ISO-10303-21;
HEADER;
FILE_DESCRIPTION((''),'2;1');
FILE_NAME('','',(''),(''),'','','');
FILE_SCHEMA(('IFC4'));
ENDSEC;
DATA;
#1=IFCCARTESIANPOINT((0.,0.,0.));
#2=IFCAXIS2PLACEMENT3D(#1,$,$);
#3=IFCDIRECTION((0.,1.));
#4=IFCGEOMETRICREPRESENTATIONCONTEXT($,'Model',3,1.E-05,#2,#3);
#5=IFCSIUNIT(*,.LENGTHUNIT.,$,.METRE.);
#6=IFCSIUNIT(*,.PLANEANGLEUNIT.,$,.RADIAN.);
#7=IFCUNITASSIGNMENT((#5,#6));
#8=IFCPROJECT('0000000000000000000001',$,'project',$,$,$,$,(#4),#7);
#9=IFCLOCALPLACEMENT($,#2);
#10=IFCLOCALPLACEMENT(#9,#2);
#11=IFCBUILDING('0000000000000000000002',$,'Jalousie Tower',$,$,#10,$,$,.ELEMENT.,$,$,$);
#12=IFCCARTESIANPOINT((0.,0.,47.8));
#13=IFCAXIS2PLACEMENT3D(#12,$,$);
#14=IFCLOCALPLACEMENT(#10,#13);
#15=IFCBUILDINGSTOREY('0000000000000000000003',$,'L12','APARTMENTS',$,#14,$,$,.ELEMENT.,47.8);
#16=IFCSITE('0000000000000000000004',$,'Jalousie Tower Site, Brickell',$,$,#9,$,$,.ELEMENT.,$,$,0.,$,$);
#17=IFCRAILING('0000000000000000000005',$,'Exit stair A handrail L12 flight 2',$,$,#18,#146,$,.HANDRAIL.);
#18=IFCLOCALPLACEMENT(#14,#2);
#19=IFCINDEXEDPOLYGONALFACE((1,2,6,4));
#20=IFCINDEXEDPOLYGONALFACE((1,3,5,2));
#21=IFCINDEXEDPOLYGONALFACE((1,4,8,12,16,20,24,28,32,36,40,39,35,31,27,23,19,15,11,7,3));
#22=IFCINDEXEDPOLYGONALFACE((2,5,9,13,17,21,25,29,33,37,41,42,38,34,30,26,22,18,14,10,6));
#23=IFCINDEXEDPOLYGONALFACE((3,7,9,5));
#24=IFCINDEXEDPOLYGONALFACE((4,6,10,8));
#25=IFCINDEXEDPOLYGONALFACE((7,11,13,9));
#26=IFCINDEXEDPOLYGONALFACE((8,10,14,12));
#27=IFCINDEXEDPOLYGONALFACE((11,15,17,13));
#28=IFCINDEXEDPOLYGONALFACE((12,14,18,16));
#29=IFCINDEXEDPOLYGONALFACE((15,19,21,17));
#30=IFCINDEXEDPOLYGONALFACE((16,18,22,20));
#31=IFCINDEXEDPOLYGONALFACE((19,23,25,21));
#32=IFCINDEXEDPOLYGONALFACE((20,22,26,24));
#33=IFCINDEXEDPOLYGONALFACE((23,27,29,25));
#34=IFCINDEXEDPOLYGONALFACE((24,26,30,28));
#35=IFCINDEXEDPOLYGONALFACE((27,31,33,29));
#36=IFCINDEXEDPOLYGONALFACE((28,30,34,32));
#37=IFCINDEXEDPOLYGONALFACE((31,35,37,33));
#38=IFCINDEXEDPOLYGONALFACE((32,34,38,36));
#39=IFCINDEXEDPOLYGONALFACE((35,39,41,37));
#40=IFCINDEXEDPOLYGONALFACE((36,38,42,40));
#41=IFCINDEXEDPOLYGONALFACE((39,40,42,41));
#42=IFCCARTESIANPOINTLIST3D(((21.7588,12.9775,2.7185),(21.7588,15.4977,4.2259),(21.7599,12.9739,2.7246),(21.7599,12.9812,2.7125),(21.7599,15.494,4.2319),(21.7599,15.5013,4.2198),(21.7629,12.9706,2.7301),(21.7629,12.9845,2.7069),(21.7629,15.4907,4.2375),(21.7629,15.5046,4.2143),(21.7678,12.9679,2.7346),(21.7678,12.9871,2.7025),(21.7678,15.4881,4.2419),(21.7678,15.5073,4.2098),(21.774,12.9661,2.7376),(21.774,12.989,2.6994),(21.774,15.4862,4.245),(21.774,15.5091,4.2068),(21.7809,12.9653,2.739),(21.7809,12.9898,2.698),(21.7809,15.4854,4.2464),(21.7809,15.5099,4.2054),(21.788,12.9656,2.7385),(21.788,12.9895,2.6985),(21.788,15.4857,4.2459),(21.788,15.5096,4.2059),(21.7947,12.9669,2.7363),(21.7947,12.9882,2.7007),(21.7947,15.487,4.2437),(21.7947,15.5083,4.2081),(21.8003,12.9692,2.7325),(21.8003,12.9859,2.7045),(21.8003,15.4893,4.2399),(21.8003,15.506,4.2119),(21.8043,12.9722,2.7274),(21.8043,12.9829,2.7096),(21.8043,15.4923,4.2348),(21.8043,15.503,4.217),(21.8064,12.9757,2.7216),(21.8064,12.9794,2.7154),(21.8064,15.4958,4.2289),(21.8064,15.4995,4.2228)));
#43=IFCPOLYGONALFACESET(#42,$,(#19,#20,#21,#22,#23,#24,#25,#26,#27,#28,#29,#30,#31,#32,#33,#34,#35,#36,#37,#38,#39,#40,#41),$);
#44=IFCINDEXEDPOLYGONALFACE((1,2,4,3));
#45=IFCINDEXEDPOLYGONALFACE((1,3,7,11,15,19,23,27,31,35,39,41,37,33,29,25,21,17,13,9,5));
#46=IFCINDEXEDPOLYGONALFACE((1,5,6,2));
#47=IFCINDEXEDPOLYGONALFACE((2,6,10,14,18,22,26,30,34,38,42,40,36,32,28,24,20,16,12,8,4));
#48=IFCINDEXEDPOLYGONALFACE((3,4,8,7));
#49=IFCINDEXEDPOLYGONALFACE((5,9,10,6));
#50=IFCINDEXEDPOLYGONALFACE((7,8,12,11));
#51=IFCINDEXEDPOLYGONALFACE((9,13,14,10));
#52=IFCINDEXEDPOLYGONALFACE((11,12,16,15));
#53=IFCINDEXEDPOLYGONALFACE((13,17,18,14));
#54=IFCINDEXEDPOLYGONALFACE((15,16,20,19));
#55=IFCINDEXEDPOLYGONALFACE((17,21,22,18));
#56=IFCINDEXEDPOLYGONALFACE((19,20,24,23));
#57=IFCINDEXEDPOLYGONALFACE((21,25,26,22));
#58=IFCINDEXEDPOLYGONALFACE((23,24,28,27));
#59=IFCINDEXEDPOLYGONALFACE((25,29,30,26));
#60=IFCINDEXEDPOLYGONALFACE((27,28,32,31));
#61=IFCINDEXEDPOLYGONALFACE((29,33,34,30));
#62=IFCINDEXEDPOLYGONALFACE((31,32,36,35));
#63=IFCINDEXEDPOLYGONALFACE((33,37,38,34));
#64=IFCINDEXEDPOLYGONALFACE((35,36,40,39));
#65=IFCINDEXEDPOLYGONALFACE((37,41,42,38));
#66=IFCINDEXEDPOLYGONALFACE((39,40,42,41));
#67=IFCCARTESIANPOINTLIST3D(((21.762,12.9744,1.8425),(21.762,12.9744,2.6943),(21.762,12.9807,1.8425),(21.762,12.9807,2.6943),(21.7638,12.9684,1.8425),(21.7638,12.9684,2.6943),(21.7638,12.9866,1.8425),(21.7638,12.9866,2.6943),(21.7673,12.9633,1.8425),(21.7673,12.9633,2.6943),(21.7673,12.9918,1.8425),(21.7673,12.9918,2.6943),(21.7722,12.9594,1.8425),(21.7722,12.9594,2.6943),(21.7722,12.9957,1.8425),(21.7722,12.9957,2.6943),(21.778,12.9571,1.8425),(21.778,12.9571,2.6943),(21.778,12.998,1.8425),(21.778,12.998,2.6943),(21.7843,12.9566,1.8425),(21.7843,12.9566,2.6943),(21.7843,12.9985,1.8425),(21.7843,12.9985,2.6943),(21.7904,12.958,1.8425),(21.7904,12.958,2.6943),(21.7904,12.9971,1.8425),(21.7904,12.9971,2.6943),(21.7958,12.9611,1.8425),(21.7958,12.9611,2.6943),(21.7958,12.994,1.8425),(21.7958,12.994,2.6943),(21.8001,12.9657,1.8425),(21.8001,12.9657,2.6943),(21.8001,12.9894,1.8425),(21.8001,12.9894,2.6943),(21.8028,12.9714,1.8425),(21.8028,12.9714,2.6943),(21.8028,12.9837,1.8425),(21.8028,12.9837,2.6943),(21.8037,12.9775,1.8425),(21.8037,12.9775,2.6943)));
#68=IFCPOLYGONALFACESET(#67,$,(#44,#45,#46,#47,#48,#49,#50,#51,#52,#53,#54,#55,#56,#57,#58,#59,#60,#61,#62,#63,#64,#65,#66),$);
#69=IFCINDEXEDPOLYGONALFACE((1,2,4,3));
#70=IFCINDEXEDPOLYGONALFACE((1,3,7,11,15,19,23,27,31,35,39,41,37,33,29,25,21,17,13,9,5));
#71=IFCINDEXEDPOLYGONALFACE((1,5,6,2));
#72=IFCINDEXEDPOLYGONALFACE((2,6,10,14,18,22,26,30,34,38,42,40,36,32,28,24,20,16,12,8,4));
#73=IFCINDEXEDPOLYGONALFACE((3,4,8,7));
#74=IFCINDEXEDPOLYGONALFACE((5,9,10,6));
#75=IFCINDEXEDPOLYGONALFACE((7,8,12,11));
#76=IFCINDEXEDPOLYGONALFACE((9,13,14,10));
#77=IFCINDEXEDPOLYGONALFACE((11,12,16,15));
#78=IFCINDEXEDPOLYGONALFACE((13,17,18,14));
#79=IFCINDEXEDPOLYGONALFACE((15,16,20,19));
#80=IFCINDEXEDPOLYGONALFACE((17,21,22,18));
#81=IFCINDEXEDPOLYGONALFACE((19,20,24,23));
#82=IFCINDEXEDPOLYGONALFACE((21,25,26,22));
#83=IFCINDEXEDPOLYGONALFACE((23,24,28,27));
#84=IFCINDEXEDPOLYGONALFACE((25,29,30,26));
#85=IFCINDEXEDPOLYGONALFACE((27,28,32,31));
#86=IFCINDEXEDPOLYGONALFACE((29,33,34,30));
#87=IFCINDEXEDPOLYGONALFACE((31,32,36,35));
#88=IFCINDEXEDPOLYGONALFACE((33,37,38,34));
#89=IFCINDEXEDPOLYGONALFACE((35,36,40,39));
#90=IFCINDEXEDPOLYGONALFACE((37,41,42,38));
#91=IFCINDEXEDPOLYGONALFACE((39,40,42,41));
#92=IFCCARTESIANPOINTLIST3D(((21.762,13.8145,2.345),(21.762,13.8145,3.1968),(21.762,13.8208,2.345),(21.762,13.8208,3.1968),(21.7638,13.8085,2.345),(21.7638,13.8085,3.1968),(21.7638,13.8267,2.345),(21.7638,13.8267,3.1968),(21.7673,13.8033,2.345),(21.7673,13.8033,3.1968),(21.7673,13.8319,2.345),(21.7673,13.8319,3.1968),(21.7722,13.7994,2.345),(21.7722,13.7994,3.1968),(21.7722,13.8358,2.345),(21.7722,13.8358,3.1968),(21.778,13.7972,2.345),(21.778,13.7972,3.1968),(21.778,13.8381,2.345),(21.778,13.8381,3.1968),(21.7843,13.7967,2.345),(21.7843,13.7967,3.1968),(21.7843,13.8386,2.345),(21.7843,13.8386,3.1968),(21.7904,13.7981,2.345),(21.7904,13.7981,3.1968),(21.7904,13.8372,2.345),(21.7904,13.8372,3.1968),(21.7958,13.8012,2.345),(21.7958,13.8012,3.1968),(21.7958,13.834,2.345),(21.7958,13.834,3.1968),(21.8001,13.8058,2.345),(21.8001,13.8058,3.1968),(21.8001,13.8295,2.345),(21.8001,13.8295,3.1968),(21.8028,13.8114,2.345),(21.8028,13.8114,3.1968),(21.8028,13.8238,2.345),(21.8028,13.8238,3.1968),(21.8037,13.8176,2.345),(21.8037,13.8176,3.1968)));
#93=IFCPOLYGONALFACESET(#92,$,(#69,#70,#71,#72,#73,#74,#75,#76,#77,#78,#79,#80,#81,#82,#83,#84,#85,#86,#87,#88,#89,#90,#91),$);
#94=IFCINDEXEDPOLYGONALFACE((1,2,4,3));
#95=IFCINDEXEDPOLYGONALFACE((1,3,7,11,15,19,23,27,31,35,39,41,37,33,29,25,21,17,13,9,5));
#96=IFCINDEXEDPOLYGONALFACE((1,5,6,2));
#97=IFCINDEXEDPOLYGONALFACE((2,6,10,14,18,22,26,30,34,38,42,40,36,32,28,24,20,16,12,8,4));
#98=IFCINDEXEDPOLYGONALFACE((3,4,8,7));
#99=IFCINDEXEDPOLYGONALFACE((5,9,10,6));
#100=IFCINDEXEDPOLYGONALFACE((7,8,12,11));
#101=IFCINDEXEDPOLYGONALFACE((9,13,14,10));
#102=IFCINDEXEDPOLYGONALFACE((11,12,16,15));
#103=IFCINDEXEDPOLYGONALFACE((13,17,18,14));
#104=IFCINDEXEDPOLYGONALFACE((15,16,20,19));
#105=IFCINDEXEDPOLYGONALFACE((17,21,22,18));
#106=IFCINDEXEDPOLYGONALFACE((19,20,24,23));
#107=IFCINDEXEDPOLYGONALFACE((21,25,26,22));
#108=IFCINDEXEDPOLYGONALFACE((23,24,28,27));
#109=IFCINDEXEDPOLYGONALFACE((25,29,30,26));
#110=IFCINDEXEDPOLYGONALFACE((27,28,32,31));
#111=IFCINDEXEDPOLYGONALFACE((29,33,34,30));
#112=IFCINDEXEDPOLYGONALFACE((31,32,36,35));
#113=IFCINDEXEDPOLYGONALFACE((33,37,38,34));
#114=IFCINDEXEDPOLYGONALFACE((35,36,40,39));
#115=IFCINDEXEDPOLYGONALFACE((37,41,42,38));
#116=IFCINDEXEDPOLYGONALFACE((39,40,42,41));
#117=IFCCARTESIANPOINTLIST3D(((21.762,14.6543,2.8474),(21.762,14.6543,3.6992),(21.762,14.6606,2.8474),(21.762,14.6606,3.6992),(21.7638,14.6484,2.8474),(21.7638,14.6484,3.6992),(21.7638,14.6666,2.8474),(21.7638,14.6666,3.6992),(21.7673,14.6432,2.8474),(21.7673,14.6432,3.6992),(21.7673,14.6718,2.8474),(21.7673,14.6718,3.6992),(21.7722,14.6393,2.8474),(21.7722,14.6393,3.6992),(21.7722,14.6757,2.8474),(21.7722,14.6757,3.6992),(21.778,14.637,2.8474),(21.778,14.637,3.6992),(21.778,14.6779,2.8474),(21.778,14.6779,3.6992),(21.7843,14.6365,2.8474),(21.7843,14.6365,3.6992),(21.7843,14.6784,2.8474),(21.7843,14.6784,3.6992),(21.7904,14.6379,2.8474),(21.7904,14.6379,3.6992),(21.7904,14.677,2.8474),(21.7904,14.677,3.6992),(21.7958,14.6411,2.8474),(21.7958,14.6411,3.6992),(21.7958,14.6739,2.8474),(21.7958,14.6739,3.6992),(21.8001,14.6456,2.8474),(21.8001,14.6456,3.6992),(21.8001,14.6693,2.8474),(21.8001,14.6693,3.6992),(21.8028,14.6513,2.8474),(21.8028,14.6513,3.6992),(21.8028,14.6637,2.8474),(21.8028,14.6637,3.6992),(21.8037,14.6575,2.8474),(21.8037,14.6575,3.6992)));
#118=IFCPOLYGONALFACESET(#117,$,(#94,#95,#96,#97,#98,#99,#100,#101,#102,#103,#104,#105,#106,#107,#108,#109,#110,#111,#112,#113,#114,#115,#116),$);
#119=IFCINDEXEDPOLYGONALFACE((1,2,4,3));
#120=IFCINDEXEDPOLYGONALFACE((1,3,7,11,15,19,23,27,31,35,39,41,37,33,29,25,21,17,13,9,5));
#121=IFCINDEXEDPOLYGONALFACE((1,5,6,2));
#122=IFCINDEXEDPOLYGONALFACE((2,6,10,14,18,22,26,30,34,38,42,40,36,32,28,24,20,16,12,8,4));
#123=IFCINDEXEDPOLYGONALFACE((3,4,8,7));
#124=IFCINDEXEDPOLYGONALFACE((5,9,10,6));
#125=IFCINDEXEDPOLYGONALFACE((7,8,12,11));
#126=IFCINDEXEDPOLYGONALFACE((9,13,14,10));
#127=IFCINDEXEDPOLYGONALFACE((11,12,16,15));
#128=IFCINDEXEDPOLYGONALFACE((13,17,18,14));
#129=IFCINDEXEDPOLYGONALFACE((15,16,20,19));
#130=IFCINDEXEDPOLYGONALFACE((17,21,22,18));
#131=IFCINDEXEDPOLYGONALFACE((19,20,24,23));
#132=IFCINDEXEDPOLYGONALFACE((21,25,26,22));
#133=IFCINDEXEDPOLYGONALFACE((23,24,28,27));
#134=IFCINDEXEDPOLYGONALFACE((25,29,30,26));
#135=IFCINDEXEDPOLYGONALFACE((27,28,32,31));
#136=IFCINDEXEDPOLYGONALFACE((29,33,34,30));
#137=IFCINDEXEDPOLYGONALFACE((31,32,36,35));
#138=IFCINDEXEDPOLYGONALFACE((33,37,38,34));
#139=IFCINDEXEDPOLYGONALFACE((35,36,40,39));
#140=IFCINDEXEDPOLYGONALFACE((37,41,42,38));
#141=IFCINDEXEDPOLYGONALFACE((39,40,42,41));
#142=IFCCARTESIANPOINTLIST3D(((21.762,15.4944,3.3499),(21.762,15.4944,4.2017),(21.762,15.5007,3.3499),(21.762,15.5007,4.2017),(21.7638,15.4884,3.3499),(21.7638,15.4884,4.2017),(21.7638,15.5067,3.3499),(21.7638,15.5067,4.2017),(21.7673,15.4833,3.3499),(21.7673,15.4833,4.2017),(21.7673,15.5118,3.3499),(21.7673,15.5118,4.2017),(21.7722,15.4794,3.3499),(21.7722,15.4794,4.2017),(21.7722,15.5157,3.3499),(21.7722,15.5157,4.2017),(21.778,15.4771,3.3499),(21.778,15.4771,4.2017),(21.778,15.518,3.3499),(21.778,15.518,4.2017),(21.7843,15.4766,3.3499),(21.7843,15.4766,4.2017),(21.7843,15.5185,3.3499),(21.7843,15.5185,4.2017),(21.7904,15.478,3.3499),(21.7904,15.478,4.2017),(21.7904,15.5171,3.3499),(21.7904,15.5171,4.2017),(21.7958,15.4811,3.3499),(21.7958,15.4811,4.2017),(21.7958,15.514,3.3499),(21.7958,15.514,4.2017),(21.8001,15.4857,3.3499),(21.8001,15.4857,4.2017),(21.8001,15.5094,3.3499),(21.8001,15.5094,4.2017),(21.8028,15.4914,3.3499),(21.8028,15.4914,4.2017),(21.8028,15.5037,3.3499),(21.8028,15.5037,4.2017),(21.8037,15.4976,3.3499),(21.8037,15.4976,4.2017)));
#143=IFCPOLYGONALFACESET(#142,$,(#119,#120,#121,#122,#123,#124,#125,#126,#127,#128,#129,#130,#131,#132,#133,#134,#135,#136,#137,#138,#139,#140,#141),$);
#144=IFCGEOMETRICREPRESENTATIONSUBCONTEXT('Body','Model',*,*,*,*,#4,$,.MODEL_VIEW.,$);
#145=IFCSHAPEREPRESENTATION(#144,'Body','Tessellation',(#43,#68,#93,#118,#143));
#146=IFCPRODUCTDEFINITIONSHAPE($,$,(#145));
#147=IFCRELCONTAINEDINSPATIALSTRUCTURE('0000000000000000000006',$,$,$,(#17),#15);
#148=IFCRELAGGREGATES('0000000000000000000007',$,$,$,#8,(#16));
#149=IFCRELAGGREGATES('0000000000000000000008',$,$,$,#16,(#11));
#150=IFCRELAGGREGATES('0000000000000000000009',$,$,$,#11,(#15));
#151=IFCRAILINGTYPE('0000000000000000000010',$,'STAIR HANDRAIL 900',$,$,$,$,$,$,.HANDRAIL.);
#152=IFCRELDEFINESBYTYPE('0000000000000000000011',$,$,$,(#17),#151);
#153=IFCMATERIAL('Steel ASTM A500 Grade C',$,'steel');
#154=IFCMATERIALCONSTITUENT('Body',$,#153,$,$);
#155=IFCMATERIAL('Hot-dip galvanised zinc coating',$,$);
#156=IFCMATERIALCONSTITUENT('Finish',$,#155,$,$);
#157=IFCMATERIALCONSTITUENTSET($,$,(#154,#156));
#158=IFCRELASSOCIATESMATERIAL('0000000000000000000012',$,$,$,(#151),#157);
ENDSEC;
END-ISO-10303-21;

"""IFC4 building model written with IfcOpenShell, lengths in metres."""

from ifc_helpers import new_model, si_unit, direction, frame, origin, origin_2d, place, context, subcontext, project, spatial, circle, extrude, material, constituent, constituent_set, type_object, element, save


model = new_model("IFC4")

# Units and contexts
model_context = context("Model", 3, precision=1e-05, world=origin(), true_north=direction((0.0, 1.0)))
body_context = subcontext(model_context, "Body", "Model", "MODEL_VIEW")
ifc_project = project(units=[si_unit("LENGTHUNIT", "METRE"), si_unit("PLANEANGLEUNIT", "RADIAN")], contexts=[model_context])

# Site, building, storey
site_placement = place(None, origin())
site = spatial("IfcSite", under=ifc_project, at=site_placement, Name="Jalousie Tower Site, Brickell", CompositionType="ELEMENT", RefElevation=0.0)
building_placement = place(site_placement, origin())
building = spatial("IfcBuilding", under=site, at=building_placement, Name="Jalousie Tower", CompositionType="ELEMENT")
storey_placement = place(building_placement, frame((0.0, 0.0, 47.8)))
storey = spatial("IfcBuildingStorey", under=building, at=storey_placement, Name="L12", Description="APARTMENTS", CompositionType="ELEMENT", Elevation=47.8)

# Railing
ifc_material_1 = material(Name="Steel ASTM A500 Grade C", Category="steel")
ifc_constituent_1 = constituent(ifc_material_1, Name="Body")
ifc_material_2 = material(Name="Hot-dip galvanised zinc coating")
ifc_constituent_2 = constituent(ifc_material_2, Name="Finish")
ifc_constituent_set_1 = constituent_set(constituents=[ifc_constituent_1, ifc_constituent_2])
railing_type_1 = type_object("IfcRailingType", Name="STAIR HANDRAIL 900", PredefinedType="HANDRAIL", material=ifc_constituent_set_1)
railing_1_placement = place(storey_placement, frame((21.7827, 12.9775, 1.8425)))
element("IfcRailing", 1, at=railing_1_placement, inside=storey, type_object=railing_type_1, Name="Exit stair A handrail L12 flight 2", PredefinedType="HANDRAIL", context=body_context, shape_type="SweptSolid", body=[
    extrude(circle(Radius=0.0239, at=origin_2d()), frame((0.0, 0.0, 0.876), z_axis=(0.0, 0.858196, 0.513321), x_axis=(-1.0, 0.0, 0.0)), (0.0, 0.0, 1.0), 2.9365),
    extrude(circle(Radius=0.021, at=origin_2d()), origin(), (0.0, 0.0, 1.0), 0.8518),
    extrude(circle(Radius=0.021, at=origin_2d()), frame((0.0, 0.8401, 0.5024)), (0.0, 0.0, 1.0), 0.8518),
    extrude(circle(Radius=0.021, at=origin_2d()), frame((0.0, 1.6799, 1.0049)), (0.0, 0.0, 1.0), 0.8518),
    extrude(circle(Radius=0.021, at=origin_2d()), frame((0.0, 2.52, 1.5073)), (0.0, 0.0, 1.0), 0.8518),
])

save(model, "model.ifc")
